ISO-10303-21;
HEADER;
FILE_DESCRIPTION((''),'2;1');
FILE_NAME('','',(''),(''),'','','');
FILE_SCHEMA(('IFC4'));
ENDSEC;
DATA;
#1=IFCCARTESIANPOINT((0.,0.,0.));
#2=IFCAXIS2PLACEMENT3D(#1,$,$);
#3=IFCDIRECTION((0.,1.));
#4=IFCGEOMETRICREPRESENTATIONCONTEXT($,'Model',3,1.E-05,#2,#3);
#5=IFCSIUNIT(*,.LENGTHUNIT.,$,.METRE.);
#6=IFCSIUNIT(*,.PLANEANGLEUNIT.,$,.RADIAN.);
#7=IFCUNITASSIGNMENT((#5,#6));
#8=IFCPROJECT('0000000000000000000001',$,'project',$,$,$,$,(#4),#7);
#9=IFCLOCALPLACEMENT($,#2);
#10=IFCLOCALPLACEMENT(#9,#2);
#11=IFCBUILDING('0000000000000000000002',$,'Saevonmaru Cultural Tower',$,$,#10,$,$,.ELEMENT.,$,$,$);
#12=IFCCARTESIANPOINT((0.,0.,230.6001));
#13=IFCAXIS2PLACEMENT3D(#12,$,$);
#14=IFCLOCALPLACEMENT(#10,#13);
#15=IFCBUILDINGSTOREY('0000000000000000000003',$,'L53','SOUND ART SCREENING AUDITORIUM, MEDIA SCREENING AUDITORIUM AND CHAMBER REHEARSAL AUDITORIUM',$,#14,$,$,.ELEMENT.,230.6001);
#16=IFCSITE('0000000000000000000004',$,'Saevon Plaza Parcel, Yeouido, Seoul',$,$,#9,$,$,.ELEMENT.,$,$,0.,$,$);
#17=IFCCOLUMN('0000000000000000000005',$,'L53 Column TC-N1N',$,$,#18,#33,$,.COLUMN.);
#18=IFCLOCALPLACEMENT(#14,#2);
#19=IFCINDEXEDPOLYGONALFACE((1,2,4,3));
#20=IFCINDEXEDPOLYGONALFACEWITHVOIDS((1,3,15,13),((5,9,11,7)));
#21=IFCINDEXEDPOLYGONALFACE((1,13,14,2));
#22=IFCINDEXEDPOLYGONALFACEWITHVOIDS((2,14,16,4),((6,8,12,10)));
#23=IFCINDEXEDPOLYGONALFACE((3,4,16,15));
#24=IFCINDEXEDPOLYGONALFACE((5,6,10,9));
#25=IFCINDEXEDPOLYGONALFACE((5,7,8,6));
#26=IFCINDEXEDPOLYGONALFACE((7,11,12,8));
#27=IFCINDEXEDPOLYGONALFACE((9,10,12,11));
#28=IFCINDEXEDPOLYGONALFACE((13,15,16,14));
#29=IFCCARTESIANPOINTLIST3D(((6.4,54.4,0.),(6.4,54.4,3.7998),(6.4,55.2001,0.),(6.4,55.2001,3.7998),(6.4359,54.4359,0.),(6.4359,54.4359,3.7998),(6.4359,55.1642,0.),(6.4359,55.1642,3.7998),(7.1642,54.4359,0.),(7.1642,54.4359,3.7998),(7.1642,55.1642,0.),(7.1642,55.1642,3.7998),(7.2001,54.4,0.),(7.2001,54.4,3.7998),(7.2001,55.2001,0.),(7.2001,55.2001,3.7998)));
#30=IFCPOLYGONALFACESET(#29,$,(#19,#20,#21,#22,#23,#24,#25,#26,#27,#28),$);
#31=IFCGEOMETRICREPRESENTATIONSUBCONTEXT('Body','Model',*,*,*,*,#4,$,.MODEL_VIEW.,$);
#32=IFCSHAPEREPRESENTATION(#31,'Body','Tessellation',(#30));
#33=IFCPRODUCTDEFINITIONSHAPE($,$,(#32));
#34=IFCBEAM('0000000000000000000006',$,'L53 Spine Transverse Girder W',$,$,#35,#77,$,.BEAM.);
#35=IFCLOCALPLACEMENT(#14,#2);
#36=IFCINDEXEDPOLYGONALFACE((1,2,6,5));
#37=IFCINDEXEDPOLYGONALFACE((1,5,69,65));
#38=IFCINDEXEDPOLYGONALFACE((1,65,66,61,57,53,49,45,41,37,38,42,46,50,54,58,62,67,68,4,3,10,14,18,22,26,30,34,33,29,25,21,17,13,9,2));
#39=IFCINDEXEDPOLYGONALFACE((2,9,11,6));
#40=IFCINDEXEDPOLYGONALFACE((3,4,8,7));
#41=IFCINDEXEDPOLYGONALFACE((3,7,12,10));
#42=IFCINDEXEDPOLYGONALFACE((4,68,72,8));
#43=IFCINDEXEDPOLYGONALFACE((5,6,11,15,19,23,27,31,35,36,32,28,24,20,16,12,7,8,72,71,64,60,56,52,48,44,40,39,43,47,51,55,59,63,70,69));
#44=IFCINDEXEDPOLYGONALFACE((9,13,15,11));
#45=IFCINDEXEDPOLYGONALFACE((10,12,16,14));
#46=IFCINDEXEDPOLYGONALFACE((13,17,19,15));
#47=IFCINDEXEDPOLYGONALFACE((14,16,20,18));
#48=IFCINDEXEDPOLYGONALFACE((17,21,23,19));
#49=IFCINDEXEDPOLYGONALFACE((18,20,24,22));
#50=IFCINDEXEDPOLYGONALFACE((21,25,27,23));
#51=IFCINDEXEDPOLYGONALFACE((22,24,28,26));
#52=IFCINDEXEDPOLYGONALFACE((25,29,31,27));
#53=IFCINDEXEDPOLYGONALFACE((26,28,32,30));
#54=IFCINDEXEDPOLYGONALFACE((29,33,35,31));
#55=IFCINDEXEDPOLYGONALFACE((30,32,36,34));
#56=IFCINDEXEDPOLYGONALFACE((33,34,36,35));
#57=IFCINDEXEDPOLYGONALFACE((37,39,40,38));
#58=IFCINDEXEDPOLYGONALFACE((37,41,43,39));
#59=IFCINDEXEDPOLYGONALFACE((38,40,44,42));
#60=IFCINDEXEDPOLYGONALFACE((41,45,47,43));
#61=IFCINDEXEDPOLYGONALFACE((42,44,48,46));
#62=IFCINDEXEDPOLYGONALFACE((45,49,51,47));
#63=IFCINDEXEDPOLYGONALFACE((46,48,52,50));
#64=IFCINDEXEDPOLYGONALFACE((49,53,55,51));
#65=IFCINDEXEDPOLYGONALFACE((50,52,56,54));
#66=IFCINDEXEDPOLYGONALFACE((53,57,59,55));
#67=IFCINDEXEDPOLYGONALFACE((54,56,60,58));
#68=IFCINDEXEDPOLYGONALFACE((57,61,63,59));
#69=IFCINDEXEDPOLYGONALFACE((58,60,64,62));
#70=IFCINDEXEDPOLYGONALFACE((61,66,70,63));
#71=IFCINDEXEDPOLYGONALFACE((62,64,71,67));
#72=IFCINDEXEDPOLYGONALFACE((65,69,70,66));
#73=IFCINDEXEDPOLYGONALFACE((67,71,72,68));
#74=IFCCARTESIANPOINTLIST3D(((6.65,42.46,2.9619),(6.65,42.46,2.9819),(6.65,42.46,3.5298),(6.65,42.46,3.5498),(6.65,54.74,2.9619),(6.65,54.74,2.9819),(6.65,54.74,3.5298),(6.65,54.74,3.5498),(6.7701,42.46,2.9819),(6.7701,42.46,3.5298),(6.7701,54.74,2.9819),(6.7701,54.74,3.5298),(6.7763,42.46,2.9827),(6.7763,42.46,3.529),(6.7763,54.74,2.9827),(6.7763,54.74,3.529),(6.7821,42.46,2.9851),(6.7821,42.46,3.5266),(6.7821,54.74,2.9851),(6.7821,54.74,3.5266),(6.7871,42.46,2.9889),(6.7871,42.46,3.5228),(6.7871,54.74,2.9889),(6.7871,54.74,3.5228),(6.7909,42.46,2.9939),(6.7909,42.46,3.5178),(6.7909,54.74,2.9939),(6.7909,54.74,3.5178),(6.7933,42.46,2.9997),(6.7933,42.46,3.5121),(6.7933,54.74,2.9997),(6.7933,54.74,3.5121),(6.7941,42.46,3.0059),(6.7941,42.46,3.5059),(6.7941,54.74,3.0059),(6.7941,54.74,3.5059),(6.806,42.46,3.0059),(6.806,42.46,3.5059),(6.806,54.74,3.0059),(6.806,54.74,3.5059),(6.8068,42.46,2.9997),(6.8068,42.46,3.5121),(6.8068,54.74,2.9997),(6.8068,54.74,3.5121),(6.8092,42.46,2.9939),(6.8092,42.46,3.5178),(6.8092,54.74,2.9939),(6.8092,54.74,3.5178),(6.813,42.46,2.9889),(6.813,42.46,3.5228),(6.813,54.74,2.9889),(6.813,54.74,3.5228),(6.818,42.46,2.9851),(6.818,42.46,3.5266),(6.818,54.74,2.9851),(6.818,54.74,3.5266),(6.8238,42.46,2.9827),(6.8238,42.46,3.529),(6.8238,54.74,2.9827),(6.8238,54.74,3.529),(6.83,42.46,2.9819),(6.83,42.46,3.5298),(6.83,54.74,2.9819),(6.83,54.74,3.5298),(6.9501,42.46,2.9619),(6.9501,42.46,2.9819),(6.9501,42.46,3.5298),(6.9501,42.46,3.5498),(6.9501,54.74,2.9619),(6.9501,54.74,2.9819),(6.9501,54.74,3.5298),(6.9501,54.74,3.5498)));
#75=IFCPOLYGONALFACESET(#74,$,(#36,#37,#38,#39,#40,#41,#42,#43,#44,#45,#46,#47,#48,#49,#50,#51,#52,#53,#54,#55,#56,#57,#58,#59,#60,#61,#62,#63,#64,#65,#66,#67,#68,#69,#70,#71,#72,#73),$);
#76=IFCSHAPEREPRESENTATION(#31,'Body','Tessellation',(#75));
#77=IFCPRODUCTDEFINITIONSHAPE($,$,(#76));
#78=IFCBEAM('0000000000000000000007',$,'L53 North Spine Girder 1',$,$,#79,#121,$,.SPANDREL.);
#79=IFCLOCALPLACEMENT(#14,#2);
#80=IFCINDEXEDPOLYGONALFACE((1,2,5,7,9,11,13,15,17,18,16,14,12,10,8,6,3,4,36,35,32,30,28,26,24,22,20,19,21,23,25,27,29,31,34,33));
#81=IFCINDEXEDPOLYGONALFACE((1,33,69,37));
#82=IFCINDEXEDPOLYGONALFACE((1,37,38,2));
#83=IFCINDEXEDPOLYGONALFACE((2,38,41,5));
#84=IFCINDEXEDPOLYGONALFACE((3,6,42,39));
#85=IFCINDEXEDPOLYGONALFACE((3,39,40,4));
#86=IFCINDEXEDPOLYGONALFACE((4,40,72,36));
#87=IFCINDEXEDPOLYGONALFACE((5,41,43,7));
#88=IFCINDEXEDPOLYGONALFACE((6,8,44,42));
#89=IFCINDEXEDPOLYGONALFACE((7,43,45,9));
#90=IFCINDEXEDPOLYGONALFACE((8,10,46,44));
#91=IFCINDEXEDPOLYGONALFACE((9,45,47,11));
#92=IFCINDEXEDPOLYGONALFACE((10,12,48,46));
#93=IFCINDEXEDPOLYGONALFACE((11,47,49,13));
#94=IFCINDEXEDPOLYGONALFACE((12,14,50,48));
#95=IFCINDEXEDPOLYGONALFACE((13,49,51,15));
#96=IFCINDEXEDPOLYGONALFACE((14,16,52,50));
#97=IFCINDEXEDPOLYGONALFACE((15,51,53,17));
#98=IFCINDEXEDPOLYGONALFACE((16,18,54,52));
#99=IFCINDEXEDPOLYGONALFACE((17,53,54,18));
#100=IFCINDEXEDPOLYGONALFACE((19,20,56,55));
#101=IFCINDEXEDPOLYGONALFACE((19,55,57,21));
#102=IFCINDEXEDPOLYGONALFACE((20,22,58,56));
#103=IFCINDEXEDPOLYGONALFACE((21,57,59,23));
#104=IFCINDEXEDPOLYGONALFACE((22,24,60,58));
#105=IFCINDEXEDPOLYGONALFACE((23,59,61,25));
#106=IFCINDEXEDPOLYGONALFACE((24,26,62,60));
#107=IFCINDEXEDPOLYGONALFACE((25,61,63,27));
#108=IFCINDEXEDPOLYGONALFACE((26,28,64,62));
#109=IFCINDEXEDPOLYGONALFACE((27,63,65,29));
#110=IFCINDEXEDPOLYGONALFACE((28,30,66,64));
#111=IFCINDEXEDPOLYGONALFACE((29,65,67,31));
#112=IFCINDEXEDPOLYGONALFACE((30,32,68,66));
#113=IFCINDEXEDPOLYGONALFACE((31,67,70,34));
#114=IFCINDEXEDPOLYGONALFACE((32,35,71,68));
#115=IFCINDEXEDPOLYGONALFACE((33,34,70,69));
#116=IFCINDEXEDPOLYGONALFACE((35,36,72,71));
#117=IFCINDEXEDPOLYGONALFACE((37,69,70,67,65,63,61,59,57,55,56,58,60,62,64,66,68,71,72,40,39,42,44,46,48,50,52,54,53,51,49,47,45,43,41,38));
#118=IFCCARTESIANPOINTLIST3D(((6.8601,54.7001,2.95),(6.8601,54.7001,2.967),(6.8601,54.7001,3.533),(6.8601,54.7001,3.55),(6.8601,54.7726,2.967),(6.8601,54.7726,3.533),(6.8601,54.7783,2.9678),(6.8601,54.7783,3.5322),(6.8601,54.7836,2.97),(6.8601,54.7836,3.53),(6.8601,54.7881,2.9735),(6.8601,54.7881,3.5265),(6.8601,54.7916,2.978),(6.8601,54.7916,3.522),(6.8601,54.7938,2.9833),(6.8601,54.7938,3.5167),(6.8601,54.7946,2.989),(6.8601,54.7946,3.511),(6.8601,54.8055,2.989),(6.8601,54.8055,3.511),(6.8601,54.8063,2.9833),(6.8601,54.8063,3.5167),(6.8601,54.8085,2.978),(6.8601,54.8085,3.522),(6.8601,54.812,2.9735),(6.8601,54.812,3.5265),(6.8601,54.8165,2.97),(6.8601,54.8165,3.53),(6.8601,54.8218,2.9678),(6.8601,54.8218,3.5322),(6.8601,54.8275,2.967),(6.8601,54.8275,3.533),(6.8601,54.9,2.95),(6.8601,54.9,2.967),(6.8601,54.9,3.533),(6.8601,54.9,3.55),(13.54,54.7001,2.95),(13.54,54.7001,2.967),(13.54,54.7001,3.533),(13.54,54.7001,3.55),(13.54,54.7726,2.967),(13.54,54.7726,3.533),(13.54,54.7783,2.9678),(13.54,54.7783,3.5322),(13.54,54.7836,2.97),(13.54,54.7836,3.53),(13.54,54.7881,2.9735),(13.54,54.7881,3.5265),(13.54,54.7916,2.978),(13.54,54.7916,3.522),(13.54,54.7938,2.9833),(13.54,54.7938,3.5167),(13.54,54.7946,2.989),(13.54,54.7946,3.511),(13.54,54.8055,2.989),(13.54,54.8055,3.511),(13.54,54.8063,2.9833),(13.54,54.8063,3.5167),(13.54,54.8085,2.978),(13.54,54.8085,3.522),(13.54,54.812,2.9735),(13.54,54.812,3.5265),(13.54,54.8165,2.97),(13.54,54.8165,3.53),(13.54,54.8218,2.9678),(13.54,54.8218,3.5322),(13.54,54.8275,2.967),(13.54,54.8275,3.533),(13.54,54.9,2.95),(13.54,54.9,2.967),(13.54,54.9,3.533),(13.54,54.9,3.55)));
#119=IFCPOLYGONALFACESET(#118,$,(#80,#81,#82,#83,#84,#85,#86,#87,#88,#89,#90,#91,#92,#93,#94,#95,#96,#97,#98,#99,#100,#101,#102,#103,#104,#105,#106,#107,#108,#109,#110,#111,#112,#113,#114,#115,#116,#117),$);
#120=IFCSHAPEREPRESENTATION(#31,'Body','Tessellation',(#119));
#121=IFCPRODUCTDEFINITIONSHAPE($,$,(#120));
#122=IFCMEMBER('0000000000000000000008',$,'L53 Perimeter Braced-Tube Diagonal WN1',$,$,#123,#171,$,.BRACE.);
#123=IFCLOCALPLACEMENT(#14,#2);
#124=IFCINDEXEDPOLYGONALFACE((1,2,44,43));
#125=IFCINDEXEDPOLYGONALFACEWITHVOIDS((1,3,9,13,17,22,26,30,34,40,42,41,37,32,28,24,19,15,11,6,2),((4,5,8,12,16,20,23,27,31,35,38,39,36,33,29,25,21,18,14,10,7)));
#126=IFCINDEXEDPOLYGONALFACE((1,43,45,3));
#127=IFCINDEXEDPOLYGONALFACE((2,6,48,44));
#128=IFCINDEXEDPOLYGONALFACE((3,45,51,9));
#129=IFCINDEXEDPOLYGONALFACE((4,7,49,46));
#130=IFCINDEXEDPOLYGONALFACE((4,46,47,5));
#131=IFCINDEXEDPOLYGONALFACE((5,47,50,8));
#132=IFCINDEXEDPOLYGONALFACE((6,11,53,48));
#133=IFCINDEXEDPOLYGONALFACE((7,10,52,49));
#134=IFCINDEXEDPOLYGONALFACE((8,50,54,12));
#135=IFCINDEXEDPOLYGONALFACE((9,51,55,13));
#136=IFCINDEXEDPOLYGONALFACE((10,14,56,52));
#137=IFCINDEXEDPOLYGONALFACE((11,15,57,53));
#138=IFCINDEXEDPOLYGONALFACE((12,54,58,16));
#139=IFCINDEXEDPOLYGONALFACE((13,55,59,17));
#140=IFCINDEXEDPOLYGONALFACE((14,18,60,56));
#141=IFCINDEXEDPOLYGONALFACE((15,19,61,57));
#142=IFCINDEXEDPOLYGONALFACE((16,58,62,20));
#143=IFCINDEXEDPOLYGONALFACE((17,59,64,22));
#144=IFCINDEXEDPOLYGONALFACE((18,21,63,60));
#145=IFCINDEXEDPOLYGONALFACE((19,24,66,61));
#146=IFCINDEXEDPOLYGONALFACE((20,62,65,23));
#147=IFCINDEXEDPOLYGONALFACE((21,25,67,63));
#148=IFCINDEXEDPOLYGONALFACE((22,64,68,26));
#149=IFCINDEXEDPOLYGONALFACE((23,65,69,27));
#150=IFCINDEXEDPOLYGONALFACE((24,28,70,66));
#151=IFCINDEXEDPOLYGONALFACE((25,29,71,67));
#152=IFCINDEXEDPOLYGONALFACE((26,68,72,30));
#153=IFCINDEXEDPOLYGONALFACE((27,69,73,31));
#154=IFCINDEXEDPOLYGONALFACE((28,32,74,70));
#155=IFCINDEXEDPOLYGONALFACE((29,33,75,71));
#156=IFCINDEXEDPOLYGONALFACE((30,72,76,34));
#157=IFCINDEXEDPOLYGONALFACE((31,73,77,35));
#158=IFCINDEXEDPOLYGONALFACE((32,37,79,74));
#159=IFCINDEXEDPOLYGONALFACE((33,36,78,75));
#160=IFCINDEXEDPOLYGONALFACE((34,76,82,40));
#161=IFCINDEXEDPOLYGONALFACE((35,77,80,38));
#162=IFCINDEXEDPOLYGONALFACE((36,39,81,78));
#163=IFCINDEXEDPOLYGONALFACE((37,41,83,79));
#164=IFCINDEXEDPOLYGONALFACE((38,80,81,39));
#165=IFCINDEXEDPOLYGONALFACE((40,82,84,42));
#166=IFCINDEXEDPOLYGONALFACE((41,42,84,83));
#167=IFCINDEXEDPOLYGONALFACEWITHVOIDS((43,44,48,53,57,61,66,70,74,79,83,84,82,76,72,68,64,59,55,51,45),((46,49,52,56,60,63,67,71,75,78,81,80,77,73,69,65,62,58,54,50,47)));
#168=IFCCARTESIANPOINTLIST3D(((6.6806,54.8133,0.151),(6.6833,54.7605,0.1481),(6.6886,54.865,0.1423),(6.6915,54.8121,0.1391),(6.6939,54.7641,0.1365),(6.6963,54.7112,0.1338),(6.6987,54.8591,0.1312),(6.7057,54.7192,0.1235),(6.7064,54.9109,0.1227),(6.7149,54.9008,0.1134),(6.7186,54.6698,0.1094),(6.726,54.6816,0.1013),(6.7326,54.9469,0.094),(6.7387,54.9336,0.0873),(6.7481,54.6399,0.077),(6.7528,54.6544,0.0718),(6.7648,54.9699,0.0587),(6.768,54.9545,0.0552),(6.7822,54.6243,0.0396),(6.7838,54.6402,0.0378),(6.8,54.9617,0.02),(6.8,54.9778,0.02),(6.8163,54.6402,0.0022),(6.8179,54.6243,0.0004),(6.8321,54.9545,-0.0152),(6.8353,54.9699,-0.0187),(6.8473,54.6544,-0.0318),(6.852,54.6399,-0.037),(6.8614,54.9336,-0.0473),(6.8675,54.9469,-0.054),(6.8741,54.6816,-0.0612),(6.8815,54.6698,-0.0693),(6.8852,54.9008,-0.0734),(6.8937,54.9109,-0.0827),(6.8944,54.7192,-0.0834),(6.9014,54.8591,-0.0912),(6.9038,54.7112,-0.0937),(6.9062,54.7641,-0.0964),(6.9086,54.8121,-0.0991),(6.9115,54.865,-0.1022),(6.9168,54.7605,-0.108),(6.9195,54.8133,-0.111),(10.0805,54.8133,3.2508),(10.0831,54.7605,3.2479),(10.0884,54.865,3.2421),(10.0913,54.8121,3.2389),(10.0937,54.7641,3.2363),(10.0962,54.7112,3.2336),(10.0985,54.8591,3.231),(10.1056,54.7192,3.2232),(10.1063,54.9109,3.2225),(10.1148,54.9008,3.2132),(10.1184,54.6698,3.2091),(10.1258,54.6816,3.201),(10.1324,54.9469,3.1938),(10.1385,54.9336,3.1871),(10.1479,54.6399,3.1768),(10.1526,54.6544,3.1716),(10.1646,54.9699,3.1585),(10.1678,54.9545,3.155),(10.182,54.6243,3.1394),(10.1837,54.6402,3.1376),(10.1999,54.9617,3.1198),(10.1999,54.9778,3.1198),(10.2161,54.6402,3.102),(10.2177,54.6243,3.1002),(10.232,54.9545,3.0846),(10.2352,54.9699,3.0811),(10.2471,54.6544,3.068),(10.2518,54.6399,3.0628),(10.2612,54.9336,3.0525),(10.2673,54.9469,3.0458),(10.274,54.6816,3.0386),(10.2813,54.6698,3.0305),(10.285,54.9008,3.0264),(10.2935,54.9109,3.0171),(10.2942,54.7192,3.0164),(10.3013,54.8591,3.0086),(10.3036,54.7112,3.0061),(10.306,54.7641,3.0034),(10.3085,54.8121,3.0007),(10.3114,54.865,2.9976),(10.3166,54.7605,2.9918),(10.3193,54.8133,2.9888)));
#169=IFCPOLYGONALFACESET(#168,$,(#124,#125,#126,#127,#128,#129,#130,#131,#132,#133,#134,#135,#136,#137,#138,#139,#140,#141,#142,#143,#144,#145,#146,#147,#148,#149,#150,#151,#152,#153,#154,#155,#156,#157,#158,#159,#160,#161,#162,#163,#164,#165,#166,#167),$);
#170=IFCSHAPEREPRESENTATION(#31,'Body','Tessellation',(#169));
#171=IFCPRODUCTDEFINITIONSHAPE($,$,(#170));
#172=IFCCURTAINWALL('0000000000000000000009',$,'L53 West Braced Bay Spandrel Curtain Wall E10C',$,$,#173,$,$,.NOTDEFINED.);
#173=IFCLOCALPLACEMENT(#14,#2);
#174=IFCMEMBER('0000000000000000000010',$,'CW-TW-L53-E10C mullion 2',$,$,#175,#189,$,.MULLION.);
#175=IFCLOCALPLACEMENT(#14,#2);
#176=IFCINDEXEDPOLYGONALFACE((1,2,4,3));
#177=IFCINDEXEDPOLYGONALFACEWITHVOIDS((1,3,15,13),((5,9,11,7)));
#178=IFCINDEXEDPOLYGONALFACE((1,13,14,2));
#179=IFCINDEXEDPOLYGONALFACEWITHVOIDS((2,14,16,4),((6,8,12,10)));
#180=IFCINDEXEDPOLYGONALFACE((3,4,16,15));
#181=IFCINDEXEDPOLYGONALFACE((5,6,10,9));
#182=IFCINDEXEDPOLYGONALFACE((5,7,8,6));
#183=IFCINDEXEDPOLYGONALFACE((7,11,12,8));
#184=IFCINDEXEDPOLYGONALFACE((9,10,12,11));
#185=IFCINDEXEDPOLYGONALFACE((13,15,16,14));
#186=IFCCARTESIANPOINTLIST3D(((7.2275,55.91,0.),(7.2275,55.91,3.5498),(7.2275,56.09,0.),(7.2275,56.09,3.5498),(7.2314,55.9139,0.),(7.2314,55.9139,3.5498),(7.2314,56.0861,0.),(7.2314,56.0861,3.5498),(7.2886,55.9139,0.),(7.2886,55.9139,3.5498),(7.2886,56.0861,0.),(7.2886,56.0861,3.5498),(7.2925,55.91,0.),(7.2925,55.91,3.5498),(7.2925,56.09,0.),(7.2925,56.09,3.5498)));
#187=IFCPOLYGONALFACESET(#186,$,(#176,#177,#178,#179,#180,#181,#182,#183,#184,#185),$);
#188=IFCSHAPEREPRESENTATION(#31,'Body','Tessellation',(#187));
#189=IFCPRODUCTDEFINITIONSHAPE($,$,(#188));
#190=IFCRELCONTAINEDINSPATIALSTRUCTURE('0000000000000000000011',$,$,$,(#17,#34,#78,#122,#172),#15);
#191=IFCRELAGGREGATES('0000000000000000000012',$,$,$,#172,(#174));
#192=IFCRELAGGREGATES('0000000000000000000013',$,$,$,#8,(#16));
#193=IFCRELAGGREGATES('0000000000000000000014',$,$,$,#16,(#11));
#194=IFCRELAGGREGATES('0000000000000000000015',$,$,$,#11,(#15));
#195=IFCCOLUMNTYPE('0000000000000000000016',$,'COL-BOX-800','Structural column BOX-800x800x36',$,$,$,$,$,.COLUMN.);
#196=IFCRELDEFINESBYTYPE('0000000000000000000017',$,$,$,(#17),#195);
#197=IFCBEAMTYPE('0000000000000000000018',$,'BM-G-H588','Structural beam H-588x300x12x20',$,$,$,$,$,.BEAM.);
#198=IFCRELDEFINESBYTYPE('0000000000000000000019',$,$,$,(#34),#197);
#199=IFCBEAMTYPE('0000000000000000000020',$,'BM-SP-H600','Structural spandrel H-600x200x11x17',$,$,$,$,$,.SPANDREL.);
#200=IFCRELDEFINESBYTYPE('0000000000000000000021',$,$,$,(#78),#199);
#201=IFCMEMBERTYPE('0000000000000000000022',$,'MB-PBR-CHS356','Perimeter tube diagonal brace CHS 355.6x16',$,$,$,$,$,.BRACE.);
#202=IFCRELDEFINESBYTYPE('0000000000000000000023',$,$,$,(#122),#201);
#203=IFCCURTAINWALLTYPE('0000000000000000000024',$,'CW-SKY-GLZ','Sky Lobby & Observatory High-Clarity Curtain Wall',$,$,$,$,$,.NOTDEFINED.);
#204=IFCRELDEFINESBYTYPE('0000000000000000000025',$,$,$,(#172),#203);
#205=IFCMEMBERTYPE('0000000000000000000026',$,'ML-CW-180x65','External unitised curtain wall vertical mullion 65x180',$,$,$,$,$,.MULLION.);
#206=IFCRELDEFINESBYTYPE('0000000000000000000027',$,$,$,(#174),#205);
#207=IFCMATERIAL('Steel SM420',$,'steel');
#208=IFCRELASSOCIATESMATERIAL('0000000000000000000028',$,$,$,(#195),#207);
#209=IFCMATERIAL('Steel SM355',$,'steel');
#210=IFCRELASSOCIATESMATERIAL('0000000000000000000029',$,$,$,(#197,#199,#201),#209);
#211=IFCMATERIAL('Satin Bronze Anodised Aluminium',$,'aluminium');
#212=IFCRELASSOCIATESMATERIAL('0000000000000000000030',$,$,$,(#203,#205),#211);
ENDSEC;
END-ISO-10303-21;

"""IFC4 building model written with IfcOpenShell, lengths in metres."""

from ifc_helpers import new_model, si_unit, direction, frame, origin, origin_2d, place, context, subcontext, project, spatial, hollow_rectangle, hollow_circle, i_section, extrude, material, material_profile, profile_set, type_object, element, aggregate, save


model = new_model("IFC4")

# Units and contexts
model_context = context("Model", 3, precision=1e-05, world=origin(), true_north=direction((0.0, 1.0)))
body_context = subcontext(model_context, "Body", "Model", "MODEL_VIEW")
ifc_project = project(units=[si_unit("LENGTHUNIT", "METRE"), si_unit("PLANEANGLEUNIT", "RADIAN")], contexts=[model_context])

# Site, building, storey
site_placement = place(None, origin())
site = spatial("IfcSite", under=ifc_project, at=site_placement, Name="Saevon Plaza Parcel, Yeouido, Seoul", CompositionType="ELEMENT", RefElevation=0.0)
building_placement = place(site_placement, origin())
building = spatial("IfcBuilding", under=site, at=building_placement, Name="Saevonmaru Cultural Tower", CompositionType="ELEMENT")
storey_placement = place(building_placement, frame((0.0, 0.0, 230.6001)))
storey = spatial("IfcBuildingStorey", under=building, at=storey_placement, Name="L53", Description="SOUND ART SCREENING AUDITORIUM, MEDIA SCREENING AUDITORIUM AND CHAMBER REHEARSAL AUDITORIUM", CompositionType="ELEMENT", Elevation=230.6001)

# Column
ifc_material_1 = material(Name="Steel SM420", Category="steel")
ifc_material_profile_1 = material_profile(ifc_material_1, hollow_rectangle(XDim=0.8, YDim=0.8, WallThickness=0.0359, at=origin_2d()), Name="BOX-800x800x36")
ifc_profile_set_1 = profile_set([ifc_material_profile_1], Name="Steel SM420")
column_type = type_object("IfcColumnType", Name="COL-BOX-800", Description="Structural column BOX-800x800x36", PredefinedType="COLUMN", material=ifc_profile_set_1)
column_placement = place(storey_placement, frame((6.8, 54.8, 0.0), z_axis=(0.0, 0.0, 1.0), x_axis=(1.0, 0.0, 0.0)))
element("IfcColumn", 1, at=column_placement, inside=storey, type_object=column_type, Name="L53 Column TC-N1N", PredefinedType="COLUMN", context=body_context, shape_type="SweptSolid", body=[
    extrude(hollow_rectangle(XDim=0.8, YDim=0.8, WallThickness=0.0359, at=origin_2d()), origin(), (0.0, 0.0, 1.0), 3.7998),
])

# Beams
ifc_material_2 = material(Name="Steel SM355", Category="steel")
ifc_material_profile_2 = material_profile(ifc_material_2, i_section(OverallWidth=0.3, OverallDepth=0.5879, WebThickness=0.012, FlangeThickness=0.02, FilletRadius=0.0239, at=origin_2d()), Name="H-588x300x12x20")
ifc_profile_set_2 = profile_set([ifc_material_profile_2], Name="Steel SM355")
beam_type_1 = type_object("IfcBeamType", Name="BM-G-H588", Description="Structural beam H-588x300x12x20", PredefinedType="BEAM", material=ifc_profile_set_2)
beam_1_placement = place(storey_placement, frame((6.8, 54.74, 3.2559), z_axis=(0.0, -1.0, 0.0), x_axis=(1.0, 0.0, 0.0)))
element("IfcBeam", 2, at=beam_1_placement, inside=storey, type_object=beam_type_1, Name="L53 Spine Transverse Girder W", PredefinedType="BEAM", context=body_context, shape_type="SweptSolid", body=[
    extrude(i_section(OverallWidth=0.3, OverallDepth=0.5879, WebThickness=0.012, FlangeThickness=0.02, FilletRadius=0.0239, at=origin_2d()), origin(), (0.0, 0.0, 1.0), 12.28),
])
ifc_material_profile_3 = material_profile(ifc_material_2, i_section(OverallWidth=0.2, OverallDepth=0.6001, WebThickness=0.011, FlangeThickness=0.0171, FilletRadius=0.022, at=origin_2d()), Name="H-600x200x11x17")
ifc_profile_set_3 = profile_set([ifc_material_profile_3], Name="Steel SM355")
beam_type_2 = type_object("IfcBeamType", Name="BM-SP-H600", Description="Structural spandrel H-600x200x11x17", PredefinedType="SPANDREL", material=ifc_profile_set_3)
beam_2_placement = place(storey_placement, frame((6.8601, 54.8, 3.25), z_axis=(1.0, 0.0, 0.0), x_axis=(0.0, 1.0, 0.0)))
element("IfcBeam", 3, at=beam_2_placement, inside=storey, type_object=beam_type_2, Name="L53 North Spine Girder 1", PredefinedType="SPANDREL", context=body_context, shape_type="SweptSolid", body=[
    extrude(i_section(OverallWidth=0.2, OverallDepth=0.6001, WebThickness=0.011, FlangeThickness=0.0171, FilletRadius=0.022, at=origin_2d()), origin(), (0.0, 0.0, 1.0), 6.6799),
])

# Member
ifc_material_profile_4 = material_profile(ifc_material_2, hollow_circle(Radius=0.1777, WallThickness=0.0161, at=origin_2d()), Name="CHS-355.6x16")
ifc_profile_set_4 = profile_set([ifc_material_profile_4], Name="Steel SM355")
member_type_1 = type_object("IfcMemberType", Name="MB-PBR-CHS356", Description="Perimeter tube diagonal brace CHS 355.6x16", PredefinedType="BRACE", material=ifc_profile_set_4)
member_1_placement = place(storey_placement, frame((6.8, 54.8, 0.02), z_axis=(0.738962, 0.0, 0.673747), x_axis=(0.0, 1.0, 0.0)))
element("IfcMember", 4, at=member_1_placement, inside=storey, type_object=member_type_1, Name="L53 Perimeter Braced-Tube Diagonal WN1", PredefinedType="BRACE", context=body_context, shape_type="SweptSolid", body=[
    extrude(hollow_circle(Radius=0.1777, WallThickness=0.0161, at=origin_2d()), origin(), (0.0, 0.0, 1.0), 4.6008),
])

# Curtain wall, member
ifc_material_3 = material(Name="Satin Bronze Anodised Aluminium", Category="aluminium")
curtain_wall_type = type_object("IfcCurtainWallType", Name="CW-SKY-GLZ", Description="Sky Lobby & Observatory High-Clarity Curtain Wall", PredefinedType="NOTDEFINED", material=ifc_material_3)
curtain_wall_1_placement = place(storey_placement, origin())
curtain_wall_1 = element("IfcCurtainWall", 5, at=curtain_wall_1_placement, inside=storey, type_object=curtain_wall_type, Name="L53 West Braced Bay Spandrel Curtain Wall E10C", PredefinedType="NOTDEFINED")
ifc_material_profile_5 = material_profile(ifc_material_3, hollow_rectangle(XDim=0.0649, YDim=0.1799, WallThickness=0.0039, at=origin_2d()), Name="ALU-MULL-180x65x4")
ifc_profile_set_5 = profile_set([ifc_material_profile_5], Name="Satin Bronze Anodised Aluminium")
member_type_2 = type_object("IfcMemberType", Name="ML-CW-180x65", Description="External unitised curtain wall vertical mullion 65x180", PredefinedType="MULLION", material=ifc_profile_set_5)
member_2_placement = place(storey_placement, frame((7.26, 56.0, 0.0), z_axis=(0.0, 0.0, 1.0), x_axis=(-1.0, 0.0, 0.0)))
member_2 = element("IfcMember", 6, at=member_2_placement, type_object=member_type_2, Name="CW-TW-L53-E10C mullion 2", PredefinedType="MULLION", context=body_context, shape_type="SweptSolid", body=[
    extrude(hollow_rectangle(XDim=0.0649, YDim=0.1799, WallThickness=0.0039, at=origin_2d()), origin(), (0.0, 0.0, 1.0), 3.5498),
])

aggregate(curtain_wall_1, [member_2])

save(model, "model.ifc")
